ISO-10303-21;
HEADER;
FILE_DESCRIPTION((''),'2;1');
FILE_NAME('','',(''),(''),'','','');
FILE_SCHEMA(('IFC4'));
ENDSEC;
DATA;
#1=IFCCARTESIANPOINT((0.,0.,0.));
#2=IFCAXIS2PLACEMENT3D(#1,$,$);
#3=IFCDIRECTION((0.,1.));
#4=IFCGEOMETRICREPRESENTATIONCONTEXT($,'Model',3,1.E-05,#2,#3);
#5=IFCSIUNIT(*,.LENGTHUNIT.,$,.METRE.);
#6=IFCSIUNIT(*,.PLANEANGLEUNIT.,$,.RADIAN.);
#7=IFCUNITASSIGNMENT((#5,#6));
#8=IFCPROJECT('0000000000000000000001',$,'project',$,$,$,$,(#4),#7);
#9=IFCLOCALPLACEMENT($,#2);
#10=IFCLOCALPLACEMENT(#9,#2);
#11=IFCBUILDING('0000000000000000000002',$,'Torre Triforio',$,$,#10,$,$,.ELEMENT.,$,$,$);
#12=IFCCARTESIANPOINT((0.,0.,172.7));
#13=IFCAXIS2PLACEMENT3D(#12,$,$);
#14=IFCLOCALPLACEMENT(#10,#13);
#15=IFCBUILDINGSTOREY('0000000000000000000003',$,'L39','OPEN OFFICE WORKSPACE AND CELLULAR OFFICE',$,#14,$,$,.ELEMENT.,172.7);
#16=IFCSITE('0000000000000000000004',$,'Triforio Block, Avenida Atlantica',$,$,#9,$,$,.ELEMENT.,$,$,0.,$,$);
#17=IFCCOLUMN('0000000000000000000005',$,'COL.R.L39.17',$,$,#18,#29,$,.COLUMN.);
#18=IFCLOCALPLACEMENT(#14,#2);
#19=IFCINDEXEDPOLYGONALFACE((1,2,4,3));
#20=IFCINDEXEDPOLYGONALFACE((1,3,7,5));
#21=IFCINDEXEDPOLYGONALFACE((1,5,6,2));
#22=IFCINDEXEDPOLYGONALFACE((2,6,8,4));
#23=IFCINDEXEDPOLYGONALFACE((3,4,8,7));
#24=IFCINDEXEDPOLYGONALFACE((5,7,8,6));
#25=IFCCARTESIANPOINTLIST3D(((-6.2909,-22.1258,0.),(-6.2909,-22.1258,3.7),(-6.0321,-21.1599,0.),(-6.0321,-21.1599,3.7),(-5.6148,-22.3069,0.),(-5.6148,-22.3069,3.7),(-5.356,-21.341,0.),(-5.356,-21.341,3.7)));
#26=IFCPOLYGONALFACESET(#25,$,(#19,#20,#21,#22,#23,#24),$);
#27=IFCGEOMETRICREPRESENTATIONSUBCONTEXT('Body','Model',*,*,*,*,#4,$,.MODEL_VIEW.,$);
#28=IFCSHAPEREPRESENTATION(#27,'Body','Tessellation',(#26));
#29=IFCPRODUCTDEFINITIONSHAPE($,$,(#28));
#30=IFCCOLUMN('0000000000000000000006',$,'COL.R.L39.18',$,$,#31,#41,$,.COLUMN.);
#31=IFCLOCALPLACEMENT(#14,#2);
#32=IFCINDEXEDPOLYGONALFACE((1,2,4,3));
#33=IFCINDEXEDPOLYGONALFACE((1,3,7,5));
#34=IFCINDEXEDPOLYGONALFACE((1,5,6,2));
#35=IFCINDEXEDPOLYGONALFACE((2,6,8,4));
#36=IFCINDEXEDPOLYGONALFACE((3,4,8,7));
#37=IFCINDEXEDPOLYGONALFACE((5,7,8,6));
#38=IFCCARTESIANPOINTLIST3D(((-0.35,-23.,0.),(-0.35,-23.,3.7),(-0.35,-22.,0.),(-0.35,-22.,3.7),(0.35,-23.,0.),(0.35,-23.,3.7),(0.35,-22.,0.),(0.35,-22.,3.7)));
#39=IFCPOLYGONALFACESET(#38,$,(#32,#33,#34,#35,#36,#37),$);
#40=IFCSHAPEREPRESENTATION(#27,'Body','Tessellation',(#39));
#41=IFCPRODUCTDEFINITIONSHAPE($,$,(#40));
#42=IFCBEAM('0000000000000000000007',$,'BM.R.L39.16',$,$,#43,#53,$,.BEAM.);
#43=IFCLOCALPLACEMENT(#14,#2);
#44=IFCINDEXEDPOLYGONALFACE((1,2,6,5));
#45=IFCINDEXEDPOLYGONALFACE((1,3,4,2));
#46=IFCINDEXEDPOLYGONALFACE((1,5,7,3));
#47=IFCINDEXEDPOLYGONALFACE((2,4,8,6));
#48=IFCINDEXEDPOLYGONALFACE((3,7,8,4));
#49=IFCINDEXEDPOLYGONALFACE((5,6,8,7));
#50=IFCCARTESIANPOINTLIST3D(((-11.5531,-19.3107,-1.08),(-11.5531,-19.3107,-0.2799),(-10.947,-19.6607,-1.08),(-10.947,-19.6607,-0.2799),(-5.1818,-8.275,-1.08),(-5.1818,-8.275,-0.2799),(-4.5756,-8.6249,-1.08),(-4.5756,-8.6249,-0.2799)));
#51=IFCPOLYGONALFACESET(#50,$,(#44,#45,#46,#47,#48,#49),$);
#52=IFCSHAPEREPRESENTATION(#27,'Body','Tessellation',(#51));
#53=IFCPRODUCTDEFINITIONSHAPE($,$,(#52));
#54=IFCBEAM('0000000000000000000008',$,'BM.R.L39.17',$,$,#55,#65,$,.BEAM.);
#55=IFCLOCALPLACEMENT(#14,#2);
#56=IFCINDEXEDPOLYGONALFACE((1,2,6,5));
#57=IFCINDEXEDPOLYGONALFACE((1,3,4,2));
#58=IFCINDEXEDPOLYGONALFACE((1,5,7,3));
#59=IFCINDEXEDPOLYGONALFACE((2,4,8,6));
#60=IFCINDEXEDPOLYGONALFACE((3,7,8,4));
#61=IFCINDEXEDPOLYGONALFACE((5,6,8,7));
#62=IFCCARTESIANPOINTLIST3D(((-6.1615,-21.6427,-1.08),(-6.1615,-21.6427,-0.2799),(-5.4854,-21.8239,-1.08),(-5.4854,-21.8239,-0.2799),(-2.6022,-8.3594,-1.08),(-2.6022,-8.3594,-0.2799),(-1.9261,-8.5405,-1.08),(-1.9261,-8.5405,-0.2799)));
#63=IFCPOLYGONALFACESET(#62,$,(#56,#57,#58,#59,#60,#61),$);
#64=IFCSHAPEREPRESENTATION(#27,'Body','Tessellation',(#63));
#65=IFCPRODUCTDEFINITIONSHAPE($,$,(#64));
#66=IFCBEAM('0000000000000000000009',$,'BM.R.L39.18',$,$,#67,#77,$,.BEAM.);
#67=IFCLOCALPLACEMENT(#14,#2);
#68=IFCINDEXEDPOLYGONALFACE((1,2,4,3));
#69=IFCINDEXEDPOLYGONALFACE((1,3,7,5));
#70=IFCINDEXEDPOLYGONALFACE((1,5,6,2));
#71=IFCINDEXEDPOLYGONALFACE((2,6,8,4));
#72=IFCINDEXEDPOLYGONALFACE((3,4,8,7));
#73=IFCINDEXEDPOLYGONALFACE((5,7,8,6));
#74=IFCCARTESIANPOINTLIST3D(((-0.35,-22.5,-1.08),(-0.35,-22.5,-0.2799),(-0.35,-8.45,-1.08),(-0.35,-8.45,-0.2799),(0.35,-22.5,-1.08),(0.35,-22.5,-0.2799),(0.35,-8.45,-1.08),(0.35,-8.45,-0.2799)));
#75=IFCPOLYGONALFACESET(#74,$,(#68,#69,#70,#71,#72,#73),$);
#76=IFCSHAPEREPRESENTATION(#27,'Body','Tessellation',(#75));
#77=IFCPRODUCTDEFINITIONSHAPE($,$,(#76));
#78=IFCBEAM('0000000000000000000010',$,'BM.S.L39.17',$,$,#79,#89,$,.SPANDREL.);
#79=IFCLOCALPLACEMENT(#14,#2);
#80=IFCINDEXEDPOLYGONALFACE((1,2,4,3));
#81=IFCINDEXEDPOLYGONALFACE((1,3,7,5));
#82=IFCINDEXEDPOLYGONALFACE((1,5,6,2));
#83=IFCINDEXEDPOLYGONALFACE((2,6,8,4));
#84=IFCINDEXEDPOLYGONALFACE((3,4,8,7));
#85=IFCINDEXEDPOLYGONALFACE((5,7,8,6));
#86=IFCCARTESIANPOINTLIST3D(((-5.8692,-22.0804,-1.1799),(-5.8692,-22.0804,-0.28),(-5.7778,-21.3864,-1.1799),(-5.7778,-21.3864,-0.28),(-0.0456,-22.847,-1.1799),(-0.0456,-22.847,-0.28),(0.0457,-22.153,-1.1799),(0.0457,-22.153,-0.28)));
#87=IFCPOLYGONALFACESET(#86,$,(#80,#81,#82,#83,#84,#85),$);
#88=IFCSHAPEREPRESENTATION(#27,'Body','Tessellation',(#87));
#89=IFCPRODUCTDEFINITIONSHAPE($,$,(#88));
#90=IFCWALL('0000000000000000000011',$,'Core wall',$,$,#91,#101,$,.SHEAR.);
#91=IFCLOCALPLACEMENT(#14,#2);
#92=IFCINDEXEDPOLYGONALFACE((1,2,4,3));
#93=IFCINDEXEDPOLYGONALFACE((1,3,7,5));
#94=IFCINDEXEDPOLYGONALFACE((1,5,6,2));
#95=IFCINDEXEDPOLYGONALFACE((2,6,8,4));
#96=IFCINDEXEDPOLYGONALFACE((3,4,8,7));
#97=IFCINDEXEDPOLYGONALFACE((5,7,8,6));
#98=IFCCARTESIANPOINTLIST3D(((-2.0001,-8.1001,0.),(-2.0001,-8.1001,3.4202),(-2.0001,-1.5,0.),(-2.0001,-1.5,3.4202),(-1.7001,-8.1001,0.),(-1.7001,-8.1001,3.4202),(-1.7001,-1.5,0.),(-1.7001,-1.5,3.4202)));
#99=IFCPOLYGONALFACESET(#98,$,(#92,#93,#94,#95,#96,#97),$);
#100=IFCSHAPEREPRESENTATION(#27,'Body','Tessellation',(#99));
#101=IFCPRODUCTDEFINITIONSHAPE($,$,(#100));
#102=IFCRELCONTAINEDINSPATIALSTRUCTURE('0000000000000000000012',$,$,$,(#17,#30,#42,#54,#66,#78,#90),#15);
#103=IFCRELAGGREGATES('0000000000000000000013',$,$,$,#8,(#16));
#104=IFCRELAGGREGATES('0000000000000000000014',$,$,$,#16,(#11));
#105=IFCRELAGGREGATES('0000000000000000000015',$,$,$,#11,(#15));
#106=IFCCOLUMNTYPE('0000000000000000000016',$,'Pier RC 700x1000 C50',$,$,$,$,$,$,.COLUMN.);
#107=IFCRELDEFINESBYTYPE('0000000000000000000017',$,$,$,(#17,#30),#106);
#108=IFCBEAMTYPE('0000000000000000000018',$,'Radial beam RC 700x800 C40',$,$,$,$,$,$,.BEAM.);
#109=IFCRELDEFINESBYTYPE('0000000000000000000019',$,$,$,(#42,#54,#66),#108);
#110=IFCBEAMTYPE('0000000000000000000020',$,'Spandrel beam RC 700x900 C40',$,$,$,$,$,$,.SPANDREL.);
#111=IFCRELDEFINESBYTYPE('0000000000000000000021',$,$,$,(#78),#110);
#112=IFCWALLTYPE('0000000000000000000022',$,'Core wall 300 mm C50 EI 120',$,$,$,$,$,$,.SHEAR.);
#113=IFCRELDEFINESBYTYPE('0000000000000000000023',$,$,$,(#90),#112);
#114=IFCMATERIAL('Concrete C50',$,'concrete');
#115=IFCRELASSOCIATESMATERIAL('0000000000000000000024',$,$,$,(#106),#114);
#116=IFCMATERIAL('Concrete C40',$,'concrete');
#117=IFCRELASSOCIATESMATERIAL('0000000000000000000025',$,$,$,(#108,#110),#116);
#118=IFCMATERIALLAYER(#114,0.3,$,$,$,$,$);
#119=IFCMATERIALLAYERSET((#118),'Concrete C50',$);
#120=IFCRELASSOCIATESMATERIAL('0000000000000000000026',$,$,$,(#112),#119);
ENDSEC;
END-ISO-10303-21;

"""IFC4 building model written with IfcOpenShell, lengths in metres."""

from ifc_helpers import new_model, si_unit, direction, frame, frame_2d, origin, origin_2d, place, context, subcontext, project, spatial, rectangle, extrude, material, layer, layer_set, material_profile, profile_set, type_object, element, save


model = new_model("IFC4")

# Units and contexts
model_context = context("Model", 3, precision=1e-05, world=origin(), true_north=direction((0.0, 1.0)))
body_context = subcontext(model_context, "Body", "Model", "MODEL_VIEW")
ifc_project = project(units=[si_unit("LENGTHUNIT", "METRE"), si_unit("PLANEANGLEUNIT", "RADIAN")], contexts=[model_context])

# Site, building, storey
site_placement = place(None, origin())
site = spatial("IfcSite", under=ifc_project, at=site_placement, Name="Triforio Block, Avenida Atlantica", CompositionType="ELEMENT", RefElevation=0.0)
building_placement = place(site_placement, origin())
building = spatial("IfcBuilding", under=site, at=building_placement, Name="Torre Triforio", CompositionType="ELEMENT")
storey_placement = place(building_placement, frame((0.0, 0.0, 172.7)))
storey = spatial("IfcBuildingStorey", under=building, at=storey_placement, Name="L39", Description="OPEN OFFICE WORKSPACE AND CELLULAR OFFICE", CompositionType="ELEMENT", Elevation=172.7)

# Columns
ifc_material_1 = material(Name="Concrete C50", Category="concrete")
ifc_material_profile_1 = material_profile(ifc_material_1, rectangle(XDim=0.7, YDim=1.0, at=origin_2d()), Name="RC 700x1000")
ifc_profile_set_1 = profile_set([ifc_material_profile_1], Name="Concrete C50")
column_type = type_object("IfcColumnType", Name="Pier RC 700x1000 C50", PredefinedType="COLUMN", material=ifc_profile_set_1)
for number, where, z_axis, x_axis, name in (
    (1, (-5.8235, -21.7334, 0.0), (0.0, 0.0, 1.0), (0.965926, -0.258819, 0.0), "COL.R.L39.17"),
    (2, (0.0, -22.5, 0.0), (0.0, 0.0, 1.0), (1.0, 0.0, 0.0), "COL.R.L39.18"),
):
    element("IfcColumn", number, at=place(storey_placement, frame(where, z_axis=z_axis, x_axis=x_axis)), inside=storey, type_object=column_type, Name=name, PredefinedType="COLUMN", context=body_context, shape_type="SweptSolid", body=[
        extrude(rectangle(XDim=0.7, YDim=1.0, at=origin_2d()), origin(), (0.0, 0.0, 1.0), 3.7),
    ])

# Beams
ifc_material_2 = material(Name="Concrete C40", Category="concrete")
ifc_material_profile_2 = material_profile(ifc_material_2, rectangle(XDim=0.7, YDim=0.8, at=origin_2d()), Name="RC 700x800")
ifc_profile_set_2 = profile_set([ifc_material_profile_2], Name="Concrete C40")
beam_type_1 = type_object("IfcBeamType", Name="Radial beam RC 700x800 C40", PredefinedType="BEAM", material=ifc_profile_set_2)
beam_1_placement = place(storey_placement, frame((-4.8787, -8.45, -0.6799), z_axis=(-0.499994, -0.866029, 0.0), x_axis=(0.866029, -0.499994, 0.0)))
element("IfcBeam", 3, at=beam_1_placement, inside=storey, type_object=beam_type_1, Name="BM.R.L39.16", PredefinedType="BEAM", context=body_context, shape_type="SweptSolid", body=[
    extrude(rectangle(XDim=0.7, YDim=0.8, at=origin_2d()), origin(), (0.0, 0.0, 1.0), 12.7429),
])
beam_2_placement = place(storey_placement, frame((-2.2642, -8.45, -0.6799), z_axis=(-0.258822, -0.965925, 0.0), x_axis=(0.965925, -0.258822, 0.0)))
element("IfcBeam", 4, at=beam_2_placement, inside=storey, type_object=beam_type_1, Name="BM.R.L39.17", PredefinedType="BEAM", context=body_context, shape_type="SweptSolid", body=[
    extrude(rectangle(XDim=0.7, YDim=0.8, at=origin_2d()), origin(), (0.0, 0.0, 1.0), 13.752),
])
beam_3_placement = place(storey_placement, frame((0.0, -8.45, -0.6799), z_axis=(0.0, -1.0, 0.0), x_axis=(1.0, 0.0, 0.0)))
element("IfcBeam", 5, at=beam_3_placement, inside=storey, type_object=beam_type_1, Name="BM.R.L39.18", PredefinedType="BEAM", context=body_context, shape_type="SweptSolid", body=[
    extrude(rectangle(XDim=0.7, YDim=0.8, at=origin_2d()), origin(), (0.0, 0.0, 1.0), 14.05),
])
ifc_material_profile_3 = material_profile(ifc_material_2, rectangle(XDim=0.7, YDim=0.8999, at=origin_2d()), Name="RC 700x900")
ifc_profile_set_3 = profile_set([ifc_material_profile_3], Name="Concrete C40")
beam_type_2 = type_object("IfcBeamType", Name="Spandrel beam RC 700x900 C40", PredefinedType="SPANDREL", material=ifc_profile_set_3)
beam_4_placement = place(storey_placement, frame((-5.8235, -21.7334, -0.73), z_axis=(0.991447, -0.130514, 0.0), x_axis=(0.130514, 0.991447, 0.0)))
element("IfcBeam", 6, at=beam_4_placement, inside=storey, type_object=beam_type_2, Name="BM.S.L39.17", PredefinedType="SPANDREL", context=body_context, shape_type="SweptSolid", body=[
    extrude(rectangle(XDim=0.7, YDim=0.8999, at=origin_2d()), origin(), (0.0, 0.0, 1.0), 5.8738),
])

# Wall
ifc_layer_1 = layer(ifc_material_1, 0.3)
ifc_layer_set_1 = layer_set([ifc_layer_1], Name="Concrete C50")
wall_type_1 = type_object("IfcWallType", Name="Core wall 300 mm C50 EI 120", PredefinedType="SHEAR", material=ifc_layer_set_1)
wall_1_placement = place(storey_placement, frame((-1.8501, -8.1001, 0.0), z_axis=(0.0, 0.0, 1.0), x_axis=(0.0, 1.0, 0.0)))
element("IfcWall", 7, at=wall_1_placement, inside=storey, type_object=wall_type_1, Name="Core wall", PredefinedType="SHEAR", context=body_context, shape_type="SweptSolid", body=[
    extrude(rectangle(XDim=6.6001, YDim=0.3, at=frame_2d((3.3, 0.0))), origin(), (0.0, 0.0, 1.0), 3.4202),
])

save(model, "model.ifc")
